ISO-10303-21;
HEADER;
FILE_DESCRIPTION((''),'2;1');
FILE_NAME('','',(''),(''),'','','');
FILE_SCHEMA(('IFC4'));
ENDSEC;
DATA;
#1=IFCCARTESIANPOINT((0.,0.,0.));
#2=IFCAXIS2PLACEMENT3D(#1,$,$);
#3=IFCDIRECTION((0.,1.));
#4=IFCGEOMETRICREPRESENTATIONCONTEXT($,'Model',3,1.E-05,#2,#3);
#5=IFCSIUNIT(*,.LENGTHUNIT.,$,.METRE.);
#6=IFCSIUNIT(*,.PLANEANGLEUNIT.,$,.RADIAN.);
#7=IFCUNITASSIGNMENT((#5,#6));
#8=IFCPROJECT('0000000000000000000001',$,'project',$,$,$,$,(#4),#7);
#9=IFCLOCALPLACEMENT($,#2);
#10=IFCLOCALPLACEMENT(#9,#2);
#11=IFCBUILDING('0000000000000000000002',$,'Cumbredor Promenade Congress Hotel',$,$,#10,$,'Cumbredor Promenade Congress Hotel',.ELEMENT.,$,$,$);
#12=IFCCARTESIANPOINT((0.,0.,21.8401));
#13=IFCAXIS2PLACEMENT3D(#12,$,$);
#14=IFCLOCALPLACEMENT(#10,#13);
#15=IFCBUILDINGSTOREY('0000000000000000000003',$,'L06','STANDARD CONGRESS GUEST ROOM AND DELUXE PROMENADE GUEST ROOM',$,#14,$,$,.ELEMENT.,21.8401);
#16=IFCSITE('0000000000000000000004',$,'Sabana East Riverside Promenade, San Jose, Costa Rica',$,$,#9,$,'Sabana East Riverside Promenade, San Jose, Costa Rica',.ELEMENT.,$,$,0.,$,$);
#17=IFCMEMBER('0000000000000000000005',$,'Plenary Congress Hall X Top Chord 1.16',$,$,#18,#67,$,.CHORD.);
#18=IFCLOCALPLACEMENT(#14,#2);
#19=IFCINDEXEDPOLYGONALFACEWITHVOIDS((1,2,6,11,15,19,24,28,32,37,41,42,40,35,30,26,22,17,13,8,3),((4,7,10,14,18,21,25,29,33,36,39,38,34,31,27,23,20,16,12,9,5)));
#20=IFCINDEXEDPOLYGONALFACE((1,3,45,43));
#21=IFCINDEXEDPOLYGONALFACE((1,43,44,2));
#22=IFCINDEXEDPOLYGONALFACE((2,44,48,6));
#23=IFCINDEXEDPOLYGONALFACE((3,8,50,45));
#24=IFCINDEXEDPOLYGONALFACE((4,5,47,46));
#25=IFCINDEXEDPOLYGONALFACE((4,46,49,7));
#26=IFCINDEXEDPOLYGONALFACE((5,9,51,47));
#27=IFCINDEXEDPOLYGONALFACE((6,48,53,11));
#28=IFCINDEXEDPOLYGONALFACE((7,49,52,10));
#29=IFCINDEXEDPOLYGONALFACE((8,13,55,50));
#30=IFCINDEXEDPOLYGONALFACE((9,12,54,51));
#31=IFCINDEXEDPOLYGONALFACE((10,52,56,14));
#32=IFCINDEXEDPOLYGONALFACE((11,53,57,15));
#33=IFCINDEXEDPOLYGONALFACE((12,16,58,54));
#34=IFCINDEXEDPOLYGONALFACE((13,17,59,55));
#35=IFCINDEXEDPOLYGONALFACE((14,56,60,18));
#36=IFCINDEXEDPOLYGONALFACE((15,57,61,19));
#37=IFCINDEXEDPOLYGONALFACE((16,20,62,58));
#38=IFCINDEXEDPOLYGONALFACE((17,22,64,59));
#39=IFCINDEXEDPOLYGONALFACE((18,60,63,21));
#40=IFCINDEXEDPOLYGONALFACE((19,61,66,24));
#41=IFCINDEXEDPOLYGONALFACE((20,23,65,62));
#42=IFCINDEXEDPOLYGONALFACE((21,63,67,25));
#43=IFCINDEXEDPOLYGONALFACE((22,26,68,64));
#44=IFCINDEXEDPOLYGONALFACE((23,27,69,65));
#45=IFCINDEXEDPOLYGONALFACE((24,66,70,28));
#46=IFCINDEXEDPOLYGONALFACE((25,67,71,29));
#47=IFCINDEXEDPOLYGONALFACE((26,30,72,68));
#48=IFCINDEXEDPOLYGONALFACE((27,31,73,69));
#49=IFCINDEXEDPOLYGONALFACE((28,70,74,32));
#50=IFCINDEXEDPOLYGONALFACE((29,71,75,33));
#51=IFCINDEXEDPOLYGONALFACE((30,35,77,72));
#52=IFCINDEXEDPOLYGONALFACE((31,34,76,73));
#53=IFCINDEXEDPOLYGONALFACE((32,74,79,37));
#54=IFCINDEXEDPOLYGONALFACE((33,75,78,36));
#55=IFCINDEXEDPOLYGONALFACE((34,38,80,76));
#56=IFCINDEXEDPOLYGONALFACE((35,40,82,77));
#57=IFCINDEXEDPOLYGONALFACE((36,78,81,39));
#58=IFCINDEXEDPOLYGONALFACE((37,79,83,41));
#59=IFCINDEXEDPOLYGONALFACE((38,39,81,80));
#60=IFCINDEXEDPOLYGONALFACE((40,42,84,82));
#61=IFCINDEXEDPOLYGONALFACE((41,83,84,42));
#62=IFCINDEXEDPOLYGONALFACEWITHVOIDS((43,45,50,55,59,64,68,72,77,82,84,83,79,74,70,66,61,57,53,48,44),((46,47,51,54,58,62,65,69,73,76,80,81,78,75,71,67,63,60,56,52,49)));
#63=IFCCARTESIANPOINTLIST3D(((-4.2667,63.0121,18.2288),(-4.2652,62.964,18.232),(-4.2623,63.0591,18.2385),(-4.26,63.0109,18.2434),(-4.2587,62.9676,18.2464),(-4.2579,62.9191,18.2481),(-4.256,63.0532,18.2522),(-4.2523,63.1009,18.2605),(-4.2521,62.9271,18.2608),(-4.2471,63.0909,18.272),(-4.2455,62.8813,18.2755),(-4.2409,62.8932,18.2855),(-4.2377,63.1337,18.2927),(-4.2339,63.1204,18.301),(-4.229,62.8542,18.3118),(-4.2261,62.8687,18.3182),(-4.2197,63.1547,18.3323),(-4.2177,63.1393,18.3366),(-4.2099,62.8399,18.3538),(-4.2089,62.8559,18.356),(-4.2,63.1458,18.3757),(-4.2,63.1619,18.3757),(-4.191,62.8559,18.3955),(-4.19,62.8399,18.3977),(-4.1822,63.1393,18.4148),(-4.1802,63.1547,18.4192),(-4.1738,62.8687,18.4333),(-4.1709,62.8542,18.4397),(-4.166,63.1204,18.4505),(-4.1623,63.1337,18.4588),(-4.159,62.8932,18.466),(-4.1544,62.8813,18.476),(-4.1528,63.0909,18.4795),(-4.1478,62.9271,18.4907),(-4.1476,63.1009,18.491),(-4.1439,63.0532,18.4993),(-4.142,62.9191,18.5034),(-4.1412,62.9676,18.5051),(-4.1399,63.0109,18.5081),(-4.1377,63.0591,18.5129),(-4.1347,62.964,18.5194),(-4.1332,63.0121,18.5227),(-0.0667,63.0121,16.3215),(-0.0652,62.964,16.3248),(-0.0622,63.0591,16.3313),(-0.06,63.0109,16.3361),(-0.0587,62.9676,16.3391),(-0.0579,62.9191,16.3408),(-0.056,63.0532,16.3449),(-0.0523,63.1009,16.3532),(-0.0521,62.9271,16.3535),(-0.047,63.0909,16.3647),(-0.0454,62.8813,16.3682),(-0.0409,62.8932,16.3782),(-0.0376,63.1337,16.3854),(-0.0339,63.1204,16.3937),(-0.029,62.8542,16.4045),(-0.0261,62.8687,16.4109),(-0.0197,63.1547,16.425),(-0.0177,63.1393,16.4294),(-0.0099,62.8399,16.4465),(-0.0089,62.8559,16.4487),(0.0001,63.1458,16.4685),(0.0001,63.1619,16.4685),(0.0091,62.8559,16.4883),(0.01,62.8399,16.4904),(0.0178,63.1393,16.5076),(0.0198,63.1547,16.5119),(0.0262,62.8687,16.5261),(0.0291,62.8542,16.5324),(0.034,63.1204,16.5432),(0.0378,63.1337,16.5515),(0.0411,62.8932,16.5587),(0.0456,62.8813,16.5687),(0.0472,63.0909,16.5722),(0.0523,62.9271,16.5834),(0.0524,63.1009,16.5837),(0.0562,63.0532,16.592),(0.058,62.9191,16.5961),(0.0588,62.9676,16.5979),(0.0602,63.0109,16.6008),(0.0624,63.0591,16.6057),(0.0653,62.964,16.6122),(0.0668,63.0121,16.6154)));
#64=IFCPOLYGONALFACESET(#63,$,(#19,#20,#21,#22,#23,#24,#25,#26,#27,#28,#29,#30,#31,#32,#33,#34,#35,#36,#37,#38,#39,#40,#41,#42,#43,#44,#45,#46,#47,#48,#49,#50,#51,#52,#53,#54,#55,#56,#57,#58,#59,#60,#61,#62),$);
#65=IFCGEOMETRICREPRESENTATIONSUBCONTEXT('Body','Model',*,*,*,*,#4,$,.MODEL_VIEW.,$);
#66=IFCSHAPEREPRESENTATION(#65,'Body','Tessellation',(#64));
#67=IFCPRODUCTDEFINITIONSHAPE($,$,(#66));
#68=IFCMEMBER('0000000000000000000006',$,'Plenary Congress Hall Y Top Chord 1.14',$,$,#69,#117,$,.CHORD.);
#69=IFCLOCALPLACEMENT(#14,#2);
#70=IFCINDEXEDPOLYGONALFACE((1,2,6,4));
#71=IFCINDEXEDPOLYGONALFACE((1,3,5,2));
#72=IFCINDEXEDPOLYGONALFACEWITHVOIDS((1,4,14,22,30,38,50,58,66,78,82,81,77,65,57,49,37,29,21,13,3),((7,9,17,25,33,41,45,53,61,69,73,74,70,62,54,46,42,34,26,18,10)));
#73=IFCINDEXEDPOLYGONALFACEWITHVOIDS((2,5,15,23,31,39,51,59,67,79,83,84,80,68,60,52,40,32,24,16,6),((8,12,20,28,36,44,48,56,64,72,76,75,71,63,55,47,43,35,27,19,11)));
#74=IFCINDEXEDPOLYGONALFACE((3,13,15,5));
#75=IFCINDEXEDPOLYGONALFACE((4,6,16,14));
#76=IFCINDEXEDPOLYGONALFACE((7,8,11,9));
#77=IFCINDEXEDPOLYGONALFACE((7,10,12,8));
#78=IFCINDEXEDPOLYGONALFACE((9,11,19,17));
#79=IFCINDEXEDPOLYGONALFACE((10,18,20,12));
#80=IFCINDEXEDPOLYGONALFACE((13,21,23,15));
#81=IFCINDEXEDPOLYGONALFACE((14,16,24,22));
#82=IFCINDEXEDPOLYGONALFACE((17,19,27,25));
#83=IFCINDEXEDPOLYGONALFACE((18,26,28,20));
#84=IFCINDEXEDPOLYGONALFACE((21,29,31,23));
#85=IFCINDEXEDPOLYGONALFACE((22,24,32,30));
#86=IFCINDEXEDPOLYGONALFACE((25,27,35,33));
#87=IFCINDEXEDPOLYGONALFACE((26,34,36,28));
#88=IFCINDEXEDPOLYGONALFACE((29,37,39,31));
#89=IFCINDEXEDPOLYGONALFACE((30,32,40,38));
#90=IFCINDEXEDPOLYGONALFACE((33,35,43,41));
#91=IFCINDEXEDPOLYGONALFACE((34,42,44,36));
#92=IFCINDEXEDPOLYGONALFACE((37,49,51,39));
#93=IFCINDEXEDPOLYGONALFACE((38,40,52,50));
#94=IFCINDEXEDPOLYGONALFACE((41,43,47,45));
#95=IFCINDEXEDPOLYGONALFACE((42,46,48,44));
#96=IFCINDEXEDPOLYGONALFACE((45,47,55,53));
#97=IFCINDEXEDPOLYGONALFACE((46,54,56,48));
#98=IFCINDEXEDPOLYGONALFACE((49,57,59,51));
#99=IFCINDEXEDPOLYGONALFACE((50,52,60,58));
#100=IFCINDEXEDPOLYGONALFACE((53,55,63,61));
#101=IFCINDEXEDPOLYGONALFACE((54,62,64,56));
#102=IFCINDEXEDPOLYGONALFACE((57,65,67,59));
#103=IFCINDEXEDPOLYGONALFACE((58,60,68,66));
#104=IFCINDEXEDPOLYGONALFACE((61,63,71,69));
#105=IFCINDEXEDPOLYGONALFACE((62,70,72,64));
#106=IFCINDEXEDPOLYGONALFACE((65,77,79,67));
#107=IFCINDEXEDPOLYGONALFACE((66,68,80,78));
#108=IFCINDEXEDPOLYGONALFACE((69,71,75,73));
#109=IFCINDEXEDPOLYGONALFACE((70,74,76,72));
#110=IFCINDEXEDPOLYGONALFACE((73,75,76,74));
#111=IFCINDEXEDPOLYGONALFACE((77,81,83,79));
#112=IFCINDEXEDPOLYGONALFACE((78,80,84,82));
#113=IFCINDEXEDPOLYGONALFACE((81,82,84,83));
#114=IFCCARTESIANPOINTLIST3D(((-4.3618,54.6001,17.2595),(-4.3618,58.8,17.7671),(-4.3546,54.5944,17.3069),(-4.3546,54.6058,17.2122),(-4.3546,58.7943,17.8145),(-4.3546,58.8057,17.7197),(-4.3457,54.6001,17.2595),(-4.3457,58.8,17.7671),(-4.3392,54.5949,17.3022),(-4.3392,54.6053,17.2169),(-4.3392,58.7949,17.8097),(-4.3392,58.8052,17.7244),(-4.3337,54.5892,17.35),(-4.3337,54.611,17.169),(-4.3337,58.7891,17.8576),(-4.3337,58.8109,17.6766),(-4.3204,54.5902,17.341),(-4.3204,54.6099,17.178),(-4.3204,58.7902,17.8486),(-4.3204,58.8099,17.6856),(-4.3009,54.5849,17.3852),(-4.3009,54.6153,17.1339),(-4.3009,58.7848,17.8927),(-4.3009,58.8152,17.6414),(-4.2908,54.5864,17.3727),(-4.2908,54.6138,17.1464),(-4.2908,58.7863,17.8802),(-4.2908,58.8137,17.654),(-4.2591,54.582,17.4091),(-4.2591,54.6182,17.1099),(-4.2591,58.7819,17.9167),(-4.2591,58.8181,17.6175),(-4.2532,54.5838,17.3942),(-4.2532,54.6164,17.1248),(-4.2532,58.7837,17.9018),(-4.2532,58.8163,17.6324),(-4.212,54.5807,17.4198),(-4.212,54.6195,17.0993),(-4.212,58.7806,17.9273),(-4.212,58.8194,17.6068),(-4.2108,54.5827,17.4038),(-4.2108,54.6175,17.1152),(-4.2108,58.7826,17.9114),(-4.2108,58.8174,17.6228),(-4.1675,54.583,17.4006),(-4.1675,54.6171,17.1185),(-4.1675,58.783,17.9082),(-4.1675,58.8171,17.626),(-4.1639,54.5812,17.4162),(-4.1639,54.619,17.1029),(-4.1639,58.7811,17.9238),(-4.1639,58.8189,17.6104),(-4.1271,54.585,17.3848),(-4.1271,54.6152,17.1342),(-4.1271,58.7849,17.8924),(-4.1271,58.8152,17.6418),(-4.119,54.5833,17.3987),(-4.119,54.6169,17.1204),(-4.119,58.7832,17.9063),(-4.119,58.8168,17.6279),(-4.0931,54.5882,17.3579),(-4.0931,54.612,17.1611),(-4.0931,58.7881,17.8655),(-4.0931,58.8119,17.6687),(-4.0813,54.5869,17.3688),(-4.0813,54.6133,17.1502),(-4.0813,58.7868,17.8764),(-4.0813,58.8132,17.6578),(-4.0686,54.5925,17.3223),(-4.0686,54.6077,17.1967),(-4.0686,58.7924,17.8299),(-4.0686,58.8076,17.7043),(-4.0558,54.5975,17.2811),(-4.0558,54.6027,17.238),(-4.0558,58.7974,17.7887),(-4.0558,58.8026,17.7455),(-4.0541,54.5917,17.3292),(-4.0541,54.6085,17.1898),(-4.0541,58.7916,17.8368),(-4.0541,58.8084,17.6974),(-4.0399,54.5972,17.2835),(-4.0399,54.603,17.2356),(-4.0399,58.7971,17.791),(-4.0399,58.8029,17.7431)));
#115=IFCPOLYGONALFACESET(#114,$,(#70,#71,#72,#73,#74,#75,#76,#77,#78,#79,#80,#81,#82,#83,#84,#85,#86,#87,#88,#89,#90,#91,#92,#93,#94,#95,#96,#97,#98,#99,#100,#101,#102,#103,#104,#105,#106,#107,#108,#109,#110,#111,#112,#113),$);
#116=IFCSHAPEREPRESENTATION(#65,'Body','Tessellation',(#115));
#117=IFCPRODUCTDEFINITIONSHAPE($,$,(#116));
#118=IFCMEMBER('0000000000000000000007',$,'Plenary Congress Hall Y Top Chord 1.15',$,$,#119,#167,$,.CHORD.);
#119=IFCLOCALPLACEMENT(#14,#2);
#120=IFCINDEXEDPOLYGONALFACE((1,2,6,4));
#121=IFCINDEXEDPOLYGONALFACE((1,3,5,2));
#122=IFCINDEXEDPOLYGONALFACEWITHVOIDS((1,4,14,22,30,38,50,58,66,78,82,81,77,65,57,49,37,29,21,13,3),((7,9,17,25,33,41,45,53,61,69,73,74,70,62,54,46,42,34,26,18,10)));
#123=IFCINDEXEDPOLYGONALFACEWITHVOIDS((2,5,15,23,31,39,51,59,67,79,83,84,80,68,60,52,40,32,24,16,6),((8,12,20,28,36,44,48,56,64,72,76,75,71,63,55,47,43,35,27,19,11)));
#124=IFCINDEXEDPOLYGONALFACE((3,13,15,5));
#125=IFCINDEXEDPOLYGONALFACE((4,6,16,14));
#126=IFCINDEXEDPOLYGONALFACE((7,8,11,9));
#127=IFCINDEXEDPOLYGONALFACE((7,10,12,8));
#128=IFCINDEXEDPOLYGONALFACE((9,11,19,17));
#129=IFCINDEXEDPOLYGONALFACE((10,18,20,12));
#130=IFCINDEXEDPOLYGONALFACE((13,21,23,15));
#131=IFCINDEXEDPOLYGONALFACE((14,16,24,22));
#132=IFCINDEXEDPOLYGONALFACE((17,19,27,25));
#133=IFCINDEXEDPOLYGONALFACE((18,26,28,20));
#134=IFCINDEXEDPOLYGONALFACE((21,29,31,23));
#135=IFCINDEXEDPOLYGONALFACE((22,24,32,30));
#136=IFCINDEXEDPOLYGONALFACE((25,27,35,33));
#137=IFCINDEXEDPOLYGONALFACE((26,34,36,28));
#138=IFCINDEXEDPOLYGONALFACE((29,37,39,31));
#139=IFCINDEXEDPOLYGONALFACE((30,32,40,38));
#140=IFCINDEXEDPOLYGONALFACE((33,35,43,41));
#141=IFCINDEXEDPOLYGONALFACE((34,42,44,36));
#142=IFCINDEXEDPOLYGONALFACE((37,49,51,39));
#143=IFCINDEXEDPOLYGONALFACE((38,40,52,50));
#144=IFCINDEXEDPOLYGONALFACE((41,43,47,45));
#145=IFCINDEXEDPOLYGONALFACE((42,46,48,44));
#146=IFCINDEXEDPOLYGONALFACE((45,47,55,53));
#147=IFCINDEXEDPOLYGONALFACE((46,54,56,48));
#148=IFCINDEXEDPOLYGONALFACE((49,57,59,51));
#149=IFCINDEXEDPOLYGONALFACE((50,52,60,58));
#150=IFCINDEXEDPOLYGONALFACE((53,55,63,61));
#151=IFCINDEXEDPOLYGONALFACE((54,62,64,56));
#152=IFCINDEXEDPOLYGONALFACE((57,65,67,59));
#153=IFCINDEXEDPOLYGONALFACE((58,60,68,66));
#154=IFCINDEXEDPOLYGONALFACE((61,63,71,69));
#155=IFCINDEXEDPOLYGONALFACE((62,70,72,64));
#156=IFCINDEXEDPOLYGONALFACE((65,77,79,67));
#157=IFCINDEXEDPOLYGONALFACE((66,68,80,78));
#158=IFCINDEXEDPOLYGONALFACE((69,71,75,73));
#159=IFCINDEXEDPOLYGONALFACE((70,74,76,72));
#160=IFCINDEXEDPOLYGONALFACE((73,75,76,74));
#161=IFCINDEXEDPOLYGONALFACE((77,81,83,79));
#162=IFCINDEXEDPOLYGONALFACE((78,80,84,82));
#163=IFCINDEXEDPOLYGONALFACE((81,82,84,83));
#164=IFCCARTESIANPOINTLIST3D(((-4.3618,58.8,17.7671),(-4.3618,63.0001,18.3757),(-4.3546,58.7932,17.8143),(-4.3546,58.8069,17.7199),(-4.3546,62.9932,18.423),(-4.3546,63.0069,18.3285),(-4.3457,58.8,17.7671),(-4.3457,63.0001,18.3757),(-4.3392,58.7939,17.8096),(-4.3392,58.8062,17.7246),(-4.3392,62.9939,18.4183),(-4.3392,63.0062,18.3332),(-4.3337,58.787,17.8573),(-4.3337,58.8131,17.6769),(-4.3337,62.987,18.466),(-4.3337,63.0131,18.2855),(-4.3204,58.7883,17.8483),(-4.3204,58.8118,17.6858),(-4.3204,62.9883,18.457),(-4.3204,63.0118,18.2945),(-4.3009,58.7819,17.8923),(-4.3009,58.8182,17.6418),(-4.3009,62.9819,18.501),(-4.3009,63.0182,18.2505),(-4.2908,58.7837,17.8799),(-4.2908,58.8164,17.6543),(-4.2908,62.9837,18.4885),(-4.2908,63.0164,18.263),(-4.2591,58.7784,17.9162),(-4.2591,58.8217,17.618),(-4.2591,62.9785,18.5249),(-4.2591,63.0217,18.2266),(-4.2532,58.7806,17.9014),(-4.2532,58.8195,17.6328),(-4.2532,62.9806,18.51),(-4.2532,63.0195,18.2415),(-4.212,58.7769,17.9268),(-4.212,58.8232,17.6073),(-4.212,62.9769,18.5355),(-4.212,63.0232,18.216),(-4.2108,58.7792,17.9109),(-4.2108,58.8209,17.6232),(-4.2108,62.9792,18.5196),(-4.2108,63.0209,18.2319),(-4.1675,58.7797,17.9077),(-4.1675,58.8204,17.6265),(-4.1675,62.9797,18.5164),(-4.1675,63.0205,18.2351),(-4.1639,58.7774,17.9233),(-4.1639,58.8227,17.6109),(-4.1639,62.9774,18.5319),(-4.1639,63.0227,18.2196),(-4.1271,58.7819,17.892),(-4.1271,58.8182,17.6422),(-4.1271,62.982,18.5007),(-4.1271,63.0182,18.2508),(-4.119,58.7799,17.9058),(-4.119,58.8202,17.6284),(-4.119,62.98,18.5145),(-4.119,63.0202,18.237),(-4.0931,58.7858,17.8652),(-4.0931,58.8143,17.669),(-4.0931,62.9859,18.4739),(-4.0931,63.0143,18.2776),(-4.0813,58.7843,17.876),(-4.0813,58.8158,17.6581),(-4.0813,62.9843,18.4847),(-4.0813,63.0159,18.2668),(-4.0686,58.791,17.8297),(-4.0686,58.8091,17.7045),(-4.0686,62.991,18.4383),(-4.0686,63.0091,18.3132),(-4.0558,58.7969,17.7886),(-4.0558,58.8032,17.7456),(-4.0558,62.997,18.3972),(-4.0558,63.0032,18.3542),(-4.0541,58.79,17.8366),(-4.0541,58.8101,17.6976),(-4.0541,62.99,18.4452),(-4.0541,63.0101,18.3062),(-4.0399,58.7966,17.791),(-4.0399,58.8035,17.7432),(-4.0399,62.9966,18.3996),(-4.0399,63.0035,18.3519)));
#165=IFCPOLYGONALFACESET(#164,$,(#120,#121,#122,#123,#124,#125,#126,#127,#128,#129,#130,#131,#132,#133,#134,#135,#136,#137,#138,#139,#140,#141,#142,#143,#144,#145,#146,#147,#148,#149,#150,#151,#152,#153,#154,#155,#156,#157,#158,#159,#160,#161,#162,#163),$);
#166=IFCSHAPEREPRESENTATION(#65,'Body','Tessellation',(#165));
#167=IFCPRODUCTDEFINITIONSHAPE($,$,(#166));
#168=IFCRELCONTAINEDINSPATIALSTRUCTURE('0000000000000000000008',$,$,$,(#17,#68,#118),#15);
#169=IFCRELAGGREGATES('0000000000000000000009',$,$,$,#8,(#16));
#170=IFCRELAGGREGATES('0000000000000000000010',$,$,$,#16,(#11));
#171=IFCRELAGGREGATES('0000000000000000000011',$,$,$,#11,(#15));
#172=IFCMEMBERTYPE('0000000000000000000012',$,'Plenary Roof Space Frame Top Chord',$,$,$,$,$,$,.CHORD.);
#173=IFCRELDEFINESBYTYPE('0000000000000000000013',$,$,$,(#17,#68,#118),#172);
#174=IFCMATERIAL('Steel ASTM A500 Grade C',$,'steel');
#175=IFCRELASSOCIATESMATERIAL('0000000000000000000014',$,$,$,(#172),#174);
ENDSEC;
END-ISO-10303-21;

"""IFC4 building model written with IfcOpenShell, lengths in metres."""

from ifc_helpers import new_model, si_unit, direction, frame, origin, origin_2d, place, context, subcontext, project, spatial, hollow_circle, extrude, material, material_profile, profile_set, type_object, element, save


model = new_model("IFC4")

# Units and contexts
model_context = context("Model", 3, precision=1e-05, world=origin(), true_north=direction((0.0, 1.0)))
body_context = subcontext(model_context, "Body", "Model", "MODEL_VIEW")
ifc_project = project(units=[si_unit("LENGTHUNIT", "METRE"), si_unit("PLANEANGLEUNIT", "RADIAN")], contexts=[model_context])

# Site, building, storey
site_placement = place(None, origin())
site = spatial("IfcSite", under=ifc_project, at=site_placement, Name="Sabana East Riverside Promenade, San Jose, Costa Rica", LongName="Sabana East Riverside Promenade, San Jose, Costa Rica", CompositionType="ELEMENT", RefElevation=0.0)
building_placement = place(site_placement, origin())
building = spatial("IfcBuilding", under=site, at=building_placement, Name="Cumbredor Promenade Congress Hotel", LongName="Cumbredor Promenade Congress Hotel", CompositionType="ELEMENT")
storey_placement = place(building_placement, frame((0.0, 0.0, 21.8401)))
storey = spatial("IfcBuildingStorey", under=building, at=storey_placement, Name="L06", Description="STANDARD CONGRESS GUEST ROOM AND DELUXE PROMENADE GUEST ROOM", CompositionType="ELEMENT", Elevation=21.8401)

# Members
ifc_material_1 = material(Name="Steel ASTM A500 Grade C", Category="steel")
ifc_material_profile_1 = material_profile(ifc_material_1, hollow_circle(Radius=0.1619, WallThickness=0.0161, at=origin_2d()), Name="CHS 323.9x16")
ifc_profile_set_1 = profile_set([ifc_material_profile_1], Name="Steel ASTM A500 Grade C")
member_type_1 = type_object("IfcMemberType", Name="Plenary Roof Space Frame Top Chord", PredefinedType="CHORD", material=ifc_profile_set_1)
member_1_placement = place(storey_placement, frame((-4.2, 63.0, 18.3757), z_axis=(0.910517, 0.0, -0.413472), x_axis=(0.0, 1.0, 0.0)))
element("IfcMember", 1, at=member_1_placement, inside=storey, type_object=member_type_1, Name="Plenary Congress Hall X Top Chord 1.16", PredefinedType="CHORD", context=body_context, shape_type="SweptSolid", body=[
    extrude(hollow_circle(Radius=0.1619, WallThickness=0.0161, at=origin_2d()), origin(), (0.0, 0.0, 1.0), 4.6128),
])
member_2_placement = place(storey_placement, frame((-4.2, 54.6001, 17.2595), z_axis=(0.0, 0.992777, 0.119978), x_axis=(-1.0, 0.0, 0.0)))
element("IfcMember", 2, at=member_2_placement, inside=storey, type_object=member_type_1, Name="Plenary Congress Hall Y Top Chord 1.14", PredefinedType="CHORD", context=body_context, shape_type="SweptSolid", body=[
    extrude(hollow_circle(Radius=0.1619, WallThickness=0.0161, at=origin_2d()), origin(), (0.0, 0.0, 1.0), 4.2305),
])
member_3_placement = place(storey_placement, frame((-4.2, 58.8, 17.7671), z_axis=(0.0, 0.989662, 0.143418), x_axis=(-1.0, 0.0, 0.0)))
element("IfcMember", 3, at=member_3_placement, inside=storey, type_object=member_type_1, Name="Plenary Congress Hall Y Top Chord 1.15", PredefinedType="CHORD", context=body_context, shape_type="SweptSolid", body=[
    extrude(hollow_circle(Radius=0.1619, WallThickness=0.0161, at=origin_2d()), origin(), (0.0, 0.0, 1.0), 4.2439),
])

save(model, "model.ifc")
